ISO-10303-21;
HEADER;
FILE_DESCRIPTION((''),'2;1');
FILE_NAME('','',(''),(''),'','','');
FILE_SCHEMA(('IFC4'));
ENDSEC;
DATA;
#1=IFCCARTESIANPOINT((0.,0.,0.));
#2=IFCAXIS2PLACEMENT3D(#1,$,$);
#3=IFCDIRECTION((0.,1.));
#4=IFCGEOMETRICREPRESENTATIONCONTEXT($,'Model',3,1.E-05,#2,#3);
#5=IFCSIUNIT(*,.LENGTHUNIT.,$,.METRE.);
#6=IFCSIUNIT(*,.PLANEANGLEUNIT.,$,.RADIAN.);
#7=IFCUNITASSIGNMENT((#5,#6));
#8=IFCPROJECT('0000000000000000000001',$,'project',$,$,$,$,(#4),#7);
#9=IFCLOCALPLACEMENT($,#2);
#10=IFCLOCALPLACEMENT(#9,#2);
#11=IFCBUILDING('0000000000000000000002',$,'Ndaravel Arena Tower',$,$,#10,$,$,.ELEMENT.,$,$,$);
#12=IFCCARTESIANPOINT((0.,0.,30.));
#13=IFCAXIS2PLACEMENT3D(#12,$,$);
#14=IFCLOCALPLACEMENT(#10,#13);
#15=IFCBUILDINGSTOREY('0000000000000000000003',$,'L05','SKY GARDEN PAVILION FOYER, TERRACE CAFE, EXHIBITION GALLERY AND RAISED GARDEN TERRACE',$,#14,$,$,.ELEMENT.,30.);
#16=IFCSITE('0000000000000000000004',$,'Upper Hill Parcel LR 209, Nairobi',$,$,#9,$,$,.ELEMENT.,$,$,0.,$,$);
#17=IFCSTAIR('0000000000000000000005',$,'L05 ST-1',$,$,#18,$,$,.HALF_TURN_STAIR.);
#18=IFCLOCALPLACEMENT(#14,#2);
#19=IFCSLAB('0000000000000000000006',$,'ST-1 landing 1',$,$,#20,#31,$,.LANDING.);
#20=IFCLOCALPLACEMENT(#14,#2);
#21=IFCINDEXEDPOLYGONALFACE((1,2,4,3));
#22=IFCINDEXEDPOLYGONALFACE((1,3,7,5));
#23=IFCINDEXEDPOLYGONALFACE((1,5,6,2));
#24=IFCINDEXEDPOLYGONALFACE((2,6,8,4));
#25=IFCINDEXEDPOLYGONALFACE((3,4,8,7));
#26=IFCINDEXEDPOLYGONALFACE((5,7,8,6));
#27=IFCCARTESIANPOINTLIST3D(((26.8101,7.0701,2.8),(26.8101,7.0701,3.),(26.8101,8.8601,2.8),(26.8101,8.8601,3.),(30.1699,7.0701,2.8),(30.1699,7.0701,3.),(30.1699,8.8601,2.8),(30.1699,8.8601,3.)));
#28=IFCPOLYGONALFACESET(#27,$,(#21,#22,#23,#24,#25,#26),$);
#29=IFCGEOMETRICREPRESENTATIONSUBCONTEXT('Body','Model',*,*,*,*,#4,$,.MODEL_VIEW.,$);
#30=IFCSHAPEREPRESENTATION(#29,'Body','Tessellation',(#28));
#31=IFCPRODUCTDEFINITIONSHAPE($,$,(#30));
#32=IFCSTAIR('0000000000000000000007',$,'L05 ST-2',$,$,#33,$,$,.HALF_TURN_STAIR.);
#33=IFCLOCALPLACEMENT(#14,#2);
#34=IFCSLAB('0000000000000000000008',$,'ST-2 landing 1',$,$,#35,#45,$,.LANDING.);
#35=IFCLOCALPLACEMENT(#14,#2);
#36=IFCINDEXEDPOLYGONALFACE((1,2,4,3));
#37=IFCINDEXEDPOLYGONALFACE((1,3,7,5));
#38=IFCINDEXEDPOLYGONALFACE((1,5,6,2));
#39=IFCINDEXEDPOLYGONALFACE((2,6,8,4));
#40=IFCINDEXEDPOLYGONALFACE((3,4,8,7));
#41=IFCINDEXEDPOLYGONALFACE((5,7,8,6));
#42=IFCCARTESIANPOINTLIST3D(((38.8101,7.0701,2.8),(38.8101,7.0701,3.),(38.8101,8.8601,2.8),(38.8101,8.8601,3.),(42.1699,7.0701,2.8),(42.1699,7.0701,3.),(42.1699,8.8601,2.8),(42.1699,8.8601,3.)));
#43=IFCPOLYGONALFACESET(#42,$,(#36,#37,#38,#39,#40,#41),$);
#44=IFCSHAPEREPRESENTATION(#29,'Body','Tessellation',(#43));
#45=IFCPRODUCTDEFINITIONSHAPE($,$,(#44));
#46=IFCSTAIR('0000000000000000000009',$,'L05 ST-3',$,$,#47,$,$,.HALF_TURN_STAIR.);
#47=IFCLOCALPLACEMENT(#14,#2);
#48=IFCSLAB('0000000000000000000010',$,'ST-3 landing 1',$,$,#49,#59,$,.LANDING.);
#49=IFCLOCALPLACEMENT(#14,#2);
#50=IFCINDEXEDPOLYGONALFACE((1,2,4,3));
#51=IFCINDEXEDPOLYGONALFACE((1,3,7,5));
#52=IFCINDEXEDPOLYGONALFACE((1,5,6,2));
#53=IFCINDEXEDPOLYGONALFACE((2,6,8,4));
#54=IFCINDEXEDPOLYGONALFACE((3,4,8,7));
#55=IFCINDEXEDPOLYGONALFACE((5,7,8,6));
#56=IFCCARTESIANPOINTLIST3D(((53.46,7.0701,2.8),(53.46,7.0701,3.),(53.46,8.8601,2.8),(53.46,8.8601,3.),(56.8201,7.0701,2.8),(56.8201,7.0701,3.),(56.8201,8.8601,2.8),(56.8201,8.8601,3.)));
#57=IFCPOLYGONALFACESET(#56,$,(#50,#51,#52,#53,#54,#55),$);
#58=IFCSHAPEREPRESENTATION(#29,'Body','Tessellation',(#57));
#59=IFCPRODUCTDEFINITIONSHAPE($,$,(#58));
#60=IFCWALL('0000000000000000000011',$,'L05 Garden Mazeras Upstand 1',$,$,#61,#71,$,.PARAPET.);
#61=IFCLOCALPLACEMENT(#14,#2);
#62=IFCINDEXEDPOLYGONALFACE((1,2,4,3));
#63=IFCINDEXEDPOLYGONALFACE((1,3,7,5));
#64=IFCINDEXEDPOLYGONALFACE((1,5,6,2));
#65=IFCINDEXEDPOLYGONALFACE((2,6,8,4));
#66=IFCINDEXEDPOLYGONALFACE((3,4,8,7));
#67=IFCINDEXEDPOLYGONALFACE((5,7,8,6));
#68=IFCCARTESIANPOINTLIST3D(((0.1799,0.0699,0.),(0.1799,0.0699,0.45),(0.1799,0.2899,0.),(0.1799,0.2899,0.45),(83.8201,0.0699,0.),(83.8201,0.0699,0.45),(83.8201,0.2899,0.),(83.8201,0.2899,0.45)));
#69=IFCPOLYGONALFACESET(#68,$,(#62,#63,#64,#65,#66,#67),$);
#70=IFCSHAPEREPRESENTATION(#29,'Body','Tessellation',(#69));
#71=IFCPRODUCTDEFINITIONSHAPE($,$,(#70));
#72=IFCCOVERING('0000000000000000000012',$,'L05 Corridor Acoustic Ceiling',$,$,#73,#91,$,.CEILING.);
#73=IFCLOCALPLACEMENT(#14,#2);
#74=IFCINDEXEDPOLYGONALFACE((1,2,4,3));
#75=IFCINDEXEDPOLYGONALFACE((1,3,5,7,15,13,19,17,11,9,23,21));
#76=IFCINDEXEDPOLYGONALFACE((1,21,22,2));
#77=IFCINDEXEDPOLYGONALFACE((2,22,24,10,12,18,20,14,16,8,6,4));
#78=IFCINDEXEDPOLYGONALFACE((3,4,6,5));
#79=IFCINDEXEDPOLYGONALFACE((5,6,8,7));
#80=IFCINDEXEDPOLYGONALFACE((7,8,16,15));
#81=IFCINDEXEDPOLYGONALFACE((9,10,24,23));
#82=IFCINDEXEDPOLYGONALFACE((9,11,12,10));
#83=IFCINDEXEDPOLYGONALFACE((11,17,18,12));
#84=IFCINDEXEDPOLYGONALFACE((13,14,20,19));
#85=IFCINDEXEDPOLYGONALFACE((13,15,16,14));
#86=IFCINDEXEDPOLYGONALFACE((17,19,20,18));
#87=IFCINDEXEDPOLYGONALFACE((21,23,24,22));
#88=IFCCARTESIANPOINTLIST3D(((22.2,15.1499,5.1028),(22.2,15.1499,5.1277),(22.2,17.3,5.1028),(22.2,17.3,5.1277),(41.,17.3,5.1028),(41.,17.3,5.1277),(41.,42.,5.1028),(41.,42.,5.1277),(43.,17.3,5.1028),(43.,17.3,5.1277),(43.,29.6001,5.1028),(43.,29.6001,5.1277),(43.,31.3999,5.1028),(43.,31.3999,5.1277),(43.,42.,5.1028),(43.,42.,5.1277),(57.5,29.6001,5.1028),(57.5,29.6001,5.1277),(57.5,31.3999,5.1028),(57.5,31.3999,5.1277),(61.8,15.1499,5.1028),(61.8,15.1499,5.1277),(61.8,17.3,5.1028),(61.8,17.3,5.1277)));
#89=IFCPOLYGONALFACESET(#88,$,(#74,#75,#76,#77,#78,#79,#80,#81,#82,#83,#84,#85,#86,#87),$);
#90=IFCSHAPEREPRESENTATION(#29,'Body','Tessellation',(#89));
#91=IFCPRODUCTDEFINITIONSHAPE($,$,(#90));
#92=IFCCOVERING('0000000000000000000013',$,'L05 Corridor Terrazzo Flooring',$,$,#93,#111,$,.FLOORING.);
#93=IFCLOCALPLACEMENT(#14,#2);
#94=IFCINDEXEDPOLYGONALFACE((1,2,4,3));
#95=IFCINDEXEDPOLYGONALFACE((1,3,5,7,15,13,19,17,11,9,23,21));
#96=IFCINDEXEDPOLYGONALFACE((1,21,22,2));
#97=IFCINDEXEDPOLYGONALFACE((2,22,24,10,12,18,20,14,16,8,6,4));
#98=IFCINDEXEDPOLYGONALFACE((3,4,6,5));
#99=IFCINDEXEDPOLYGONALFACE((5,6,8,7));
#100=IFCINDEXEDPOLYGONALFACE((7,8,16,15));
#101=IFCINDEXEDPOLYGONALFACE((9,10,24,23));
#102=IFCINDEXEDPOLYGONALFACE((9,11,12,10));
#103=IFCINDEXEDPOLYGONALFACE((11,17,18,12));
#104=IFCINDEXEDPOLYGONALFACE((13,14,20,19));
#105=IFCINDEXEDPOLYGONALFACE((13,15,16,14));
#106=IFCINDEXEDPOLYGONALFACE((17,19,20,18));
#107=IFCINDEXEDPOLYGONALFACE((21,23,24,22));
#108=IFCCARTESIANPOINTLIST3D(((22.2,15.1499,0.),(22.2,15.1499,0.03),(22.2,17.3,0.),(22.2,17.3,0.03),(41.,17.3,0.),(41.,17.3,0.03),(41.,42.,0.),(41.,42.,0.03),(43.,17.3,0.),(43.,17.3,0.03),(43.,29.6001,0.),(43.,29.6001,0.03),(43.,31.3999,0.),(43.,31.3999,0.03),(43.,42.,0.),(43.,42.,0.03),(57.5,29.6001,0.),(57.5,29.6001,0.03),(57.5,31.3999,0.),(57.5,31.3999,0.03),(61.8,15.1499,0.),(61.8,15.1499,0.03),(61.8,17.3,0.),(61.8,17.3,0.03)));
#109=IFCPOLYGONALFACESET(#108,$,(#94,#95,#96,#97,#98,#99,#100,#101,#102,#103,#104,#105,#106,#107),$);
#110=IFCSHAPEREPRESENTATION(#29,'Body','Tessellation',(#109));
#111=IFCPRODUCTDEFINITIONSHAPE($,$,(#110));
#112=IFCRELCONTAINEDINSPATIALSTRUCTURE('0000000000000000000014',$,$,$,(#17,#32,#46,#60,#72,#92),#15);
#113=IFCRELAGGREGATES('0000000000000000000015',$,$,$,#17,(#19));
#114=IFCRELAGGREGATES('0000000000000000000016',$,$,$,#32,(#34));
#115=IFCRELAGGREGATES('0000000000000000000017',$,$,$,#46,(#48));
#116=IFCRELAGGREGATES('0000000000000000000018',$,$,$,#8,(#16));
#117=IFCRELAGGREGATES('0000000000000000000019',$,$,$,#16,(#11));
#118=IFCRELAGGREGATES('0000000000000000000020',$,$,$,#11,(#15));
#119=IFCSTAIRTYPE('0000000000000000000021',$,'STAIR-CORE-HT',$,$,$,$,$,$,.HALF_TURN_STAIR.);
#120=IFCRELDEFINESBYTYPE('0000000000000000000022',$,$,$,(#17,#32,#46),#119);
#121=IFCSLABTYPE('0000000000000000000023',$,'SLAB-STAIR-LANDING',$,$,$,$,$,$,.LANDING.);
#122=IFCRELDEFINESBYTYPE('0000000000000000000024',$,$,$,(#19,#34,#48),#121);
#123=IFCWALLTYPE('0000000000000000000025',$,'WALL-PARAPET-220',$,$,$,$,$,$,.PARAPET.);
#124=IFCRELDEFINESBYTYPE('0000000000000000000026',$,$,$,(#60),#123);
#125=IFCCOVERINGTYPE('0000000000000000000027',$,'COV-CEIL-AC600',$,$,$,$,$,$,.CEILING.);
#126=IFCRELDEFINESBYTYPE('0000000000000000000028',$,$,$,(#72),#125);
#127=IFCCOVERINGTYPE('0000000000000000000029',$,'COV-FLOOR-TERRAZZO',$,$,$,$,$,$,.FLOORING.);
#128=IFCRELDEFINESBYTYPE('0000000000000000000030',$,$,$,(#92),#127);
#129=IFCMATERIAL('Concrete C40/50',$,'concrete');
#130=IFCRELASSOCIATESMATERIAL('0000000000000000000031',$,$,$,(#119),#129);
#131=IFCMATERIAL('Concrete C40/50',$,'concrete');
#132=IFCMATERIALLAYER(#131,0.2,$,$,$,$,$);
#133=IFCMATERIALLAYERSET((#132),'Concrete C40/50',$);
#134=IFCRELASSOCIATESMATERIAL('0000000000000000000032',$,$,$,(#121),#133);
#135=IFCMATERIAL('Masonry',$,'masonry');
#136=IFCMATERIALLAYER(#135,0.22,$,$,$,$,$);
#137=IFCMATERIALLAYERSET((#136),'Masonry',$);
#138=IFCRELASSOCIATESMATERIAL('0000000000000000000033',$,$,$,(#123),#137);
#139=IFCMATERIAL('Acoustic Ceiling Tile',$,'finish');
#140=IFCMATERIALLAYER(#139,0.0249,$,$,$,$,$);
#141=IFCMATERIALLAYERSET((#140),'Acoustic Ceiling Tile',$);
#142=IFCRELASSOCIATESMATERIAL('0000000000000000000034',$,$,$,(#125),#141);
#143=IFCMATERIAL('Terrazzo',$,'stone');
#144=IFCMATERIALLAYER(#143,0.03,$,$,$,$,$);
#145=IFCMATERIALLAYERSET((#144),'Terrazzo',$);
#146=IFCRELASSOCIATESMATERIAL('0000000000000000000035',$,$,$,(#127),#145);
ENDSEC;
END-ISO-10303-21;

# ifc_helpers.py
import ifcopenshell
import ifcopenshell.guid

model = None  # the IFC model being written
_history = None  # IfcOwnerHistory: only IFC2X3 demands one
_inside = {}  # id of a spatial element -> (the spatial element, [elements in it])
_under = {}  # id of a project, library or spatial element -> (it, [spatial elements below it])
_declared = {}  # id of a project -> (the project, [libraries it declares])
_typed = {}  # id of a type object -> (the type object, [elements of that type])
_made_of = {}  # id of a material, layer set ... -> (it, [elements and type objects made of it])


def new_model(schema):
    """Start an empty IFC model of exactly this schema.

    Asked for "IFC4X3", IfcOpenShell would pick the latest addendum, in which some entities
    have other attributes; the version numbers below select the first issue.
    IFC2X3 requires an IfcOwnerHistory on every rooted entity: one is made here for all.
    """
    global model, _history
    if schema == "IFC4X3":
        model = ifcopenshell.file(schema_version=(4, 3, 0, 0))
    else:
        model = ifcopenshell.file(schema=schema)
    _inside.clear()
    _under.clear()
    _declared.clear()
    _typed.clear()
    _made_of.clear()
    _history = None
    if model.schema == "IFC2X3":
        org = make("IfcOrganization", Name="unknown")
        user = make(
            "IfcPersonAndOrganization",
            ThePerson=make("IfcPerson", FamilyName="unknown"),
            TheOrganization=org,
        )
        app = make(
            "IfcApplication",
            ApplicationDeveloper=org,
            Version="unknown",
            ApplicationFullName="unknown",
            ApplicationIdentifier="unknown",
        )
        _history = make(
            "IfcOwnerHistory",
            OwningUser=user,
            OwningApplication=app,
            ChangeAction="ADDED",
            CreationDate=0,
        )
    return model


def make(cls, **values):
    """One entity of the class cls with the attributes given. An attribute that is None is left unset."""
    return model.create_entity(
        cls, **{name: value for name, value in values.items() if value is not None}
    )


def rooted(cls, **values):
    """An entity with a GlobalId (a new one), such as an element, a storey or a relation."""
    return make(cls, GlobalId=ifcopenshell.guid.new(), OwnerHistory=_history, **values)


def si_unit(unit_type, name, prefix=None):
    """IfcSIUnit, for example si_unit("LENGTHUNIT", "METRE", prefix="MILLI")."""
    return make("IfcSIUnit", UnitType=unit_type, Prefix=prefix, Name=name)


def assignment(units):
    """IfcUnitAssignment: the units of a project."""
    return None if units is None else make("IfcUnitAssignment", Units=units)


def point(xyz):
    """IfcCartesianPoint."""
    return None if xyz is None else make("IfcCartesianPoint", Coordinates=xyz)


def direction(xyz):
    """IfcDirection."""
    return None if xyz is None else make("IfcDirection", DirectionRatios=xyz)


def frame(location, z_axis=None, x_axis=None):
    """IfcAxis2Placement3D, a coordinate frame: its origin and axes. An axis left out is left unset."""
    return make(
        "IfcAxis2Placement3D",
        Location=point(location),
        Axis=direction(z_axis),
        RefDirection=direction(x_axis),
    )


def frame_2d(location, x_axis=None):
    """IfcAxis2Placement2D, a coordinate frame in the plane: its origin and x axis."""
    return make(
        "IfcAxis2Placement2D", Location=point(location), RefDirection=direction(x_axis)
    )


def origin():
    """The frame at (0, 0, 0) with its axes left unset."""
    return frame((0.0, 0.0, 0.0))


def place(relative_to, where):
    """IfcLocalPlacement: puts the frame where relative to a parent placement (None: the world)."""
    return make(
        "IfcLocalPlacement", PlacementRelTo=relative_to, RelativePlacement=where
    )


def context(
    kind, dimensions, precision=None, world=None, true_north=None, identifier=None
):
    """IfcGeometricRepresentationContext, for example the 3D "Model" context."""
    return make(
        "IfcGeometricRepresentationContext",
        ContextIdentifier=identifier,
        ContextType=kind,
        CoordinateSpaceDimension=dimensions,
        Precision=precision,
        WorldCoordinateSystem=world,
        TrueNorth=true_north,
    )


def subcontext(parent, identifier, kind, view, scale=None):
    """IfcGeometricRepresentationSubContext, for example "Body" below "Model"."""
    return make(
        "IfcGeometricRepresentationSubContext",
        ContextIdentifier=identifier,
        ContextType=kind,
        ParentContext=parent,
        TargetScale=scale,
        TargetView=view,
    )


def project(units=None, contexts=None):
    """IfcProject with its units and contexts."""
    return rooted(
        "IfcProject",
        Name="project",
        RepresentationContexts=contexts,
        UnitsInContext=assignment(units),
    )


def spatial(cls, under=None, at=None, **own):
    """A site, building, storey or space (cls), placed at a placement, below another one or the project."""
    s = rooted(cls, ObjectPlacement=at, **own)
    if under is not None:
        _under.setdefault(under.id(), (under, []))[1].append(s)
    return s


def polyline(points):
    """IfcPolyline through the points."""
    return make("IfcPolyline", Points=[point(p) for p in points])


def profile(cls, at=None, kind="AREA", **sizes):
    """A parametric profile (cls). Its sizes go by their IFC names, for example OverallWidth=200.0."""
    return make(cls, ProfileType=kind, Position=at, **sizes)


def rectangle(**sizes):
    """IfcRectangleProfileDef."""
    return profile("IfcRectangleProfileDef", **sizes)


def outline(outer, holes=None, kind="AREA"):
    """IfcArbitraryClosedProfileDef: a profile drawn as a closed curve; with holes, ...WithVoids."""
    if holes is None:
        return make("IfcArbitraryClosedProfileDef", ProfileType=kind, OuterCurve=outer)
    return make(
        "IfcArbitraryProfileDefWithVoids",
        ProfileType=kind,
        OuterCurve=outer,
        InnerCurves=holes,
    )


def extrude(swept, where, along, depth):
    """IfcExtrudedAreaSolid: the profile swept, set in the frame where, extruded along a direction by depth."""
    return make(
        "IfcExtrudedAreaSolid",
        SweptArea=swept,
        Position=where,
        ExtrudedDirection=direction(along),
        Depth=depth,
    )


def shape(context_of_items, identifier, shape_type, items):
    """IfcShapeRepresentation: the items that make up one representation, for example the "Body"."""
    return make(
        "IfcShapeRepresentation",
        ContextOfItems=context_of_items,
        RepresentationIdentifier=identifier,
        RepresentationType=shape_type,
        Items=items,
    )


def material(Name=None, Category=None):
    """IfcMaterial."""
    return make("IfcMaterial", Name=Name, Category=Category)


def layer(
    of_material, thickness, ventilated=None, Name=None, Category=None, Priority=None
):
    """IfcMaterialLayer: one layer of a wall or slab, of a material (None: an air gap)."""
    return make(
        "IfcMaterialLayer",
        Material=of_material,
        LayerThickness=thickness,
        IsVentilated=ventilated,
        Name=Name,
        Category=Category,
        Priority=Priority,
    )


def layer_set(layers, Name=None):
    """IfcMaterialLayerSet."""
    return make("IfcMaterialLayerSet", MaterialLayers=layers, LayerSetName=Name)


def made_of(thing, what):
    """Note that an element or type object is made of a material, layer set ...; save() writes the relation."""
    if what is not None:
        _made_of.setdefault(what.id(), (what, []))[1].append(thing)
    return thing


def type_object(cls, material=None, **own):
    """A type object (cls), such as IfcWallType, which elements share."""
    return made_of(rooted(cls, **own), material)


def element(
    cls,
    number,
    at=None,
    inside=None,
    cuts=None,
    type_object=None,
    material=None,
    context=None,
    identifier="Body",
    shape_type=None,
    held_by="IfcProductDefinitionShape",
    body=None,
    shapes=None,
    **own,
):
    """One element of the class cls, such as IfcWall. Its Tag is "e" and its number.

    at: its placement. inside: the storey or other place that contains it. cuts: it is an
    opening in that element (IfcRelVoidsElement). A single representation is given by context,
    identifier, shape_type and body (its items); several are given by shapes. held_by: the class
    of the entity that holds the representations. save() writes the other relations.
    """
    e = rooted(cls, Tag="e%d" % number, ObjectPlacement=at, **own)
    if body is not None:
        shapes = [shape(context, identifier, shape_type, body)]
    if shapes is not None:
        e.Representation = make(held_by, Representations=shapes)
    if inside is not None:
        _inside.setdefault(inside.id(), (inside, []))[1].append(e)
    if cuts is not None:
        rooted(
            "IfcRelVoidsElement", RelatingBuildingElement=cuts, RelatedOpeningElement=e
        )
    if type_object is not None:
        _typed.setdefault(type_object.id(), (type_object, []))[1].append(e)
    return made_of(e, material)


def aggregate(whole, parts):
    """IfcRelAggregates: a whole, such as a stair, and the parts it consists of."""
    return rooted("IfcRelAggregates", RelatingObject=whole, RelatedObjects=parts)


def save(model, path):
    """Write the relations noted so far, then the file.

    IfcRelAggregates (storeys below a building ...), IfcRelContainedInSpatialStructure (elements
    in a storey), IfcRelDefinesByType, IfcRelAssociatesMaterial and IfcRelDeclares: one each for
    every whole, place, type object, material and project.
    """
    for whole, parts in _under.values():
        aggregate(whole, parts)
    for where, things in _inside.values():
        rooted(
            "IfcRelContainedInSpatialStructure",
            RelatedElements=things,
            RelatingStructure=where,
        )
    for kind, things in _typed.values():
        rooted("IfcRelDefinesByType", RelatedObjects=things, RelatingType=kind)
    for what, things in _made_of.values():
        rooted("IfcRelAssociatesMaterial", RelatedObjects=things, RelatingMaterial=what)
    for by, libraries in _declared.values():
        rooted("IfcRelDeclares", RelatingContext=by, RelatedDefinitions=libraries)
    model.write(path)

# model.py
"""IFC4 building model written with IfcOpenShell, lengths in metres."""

from ifc_helpers import new_model, si_unit, direction, frame, frame_2d, origin, place, context, subcontext, project, spatial, polyline, rectangle, outline, extrude, material, layer, layer_set, type_object, element, aggregate, save


model = new_model("IFC4")

# Units and contexts
model_context = context("Model", 3, precision=1e-05, world=origin(), true_north=direction((0.0, 1.0)))
body_context = subcontext(model_context, "Body", "Model", "MODEL_VIEW")
ifc_project = project(units=[si_unit("LENGTHUNIT", "METRE"), si_unit("PLANEANGLEUNIT", "RADIAN")], contexts=[model_context])

# Site, building, storey
site_placement = place(None, origin())
site = spatial("IfcSite", under=ifc_project, at=site_placement, Name="Upper Hill Parcel LR 209, Nairobi", CompositionType="ELEMENT", RefElevation=0.0)
building_placement = place(site_placement, origin())
building = spatial("IfcBuilding", under=site, at=building_placement, Name="Ndaravel Arena Tower", CompositionType="ELEMENT")
storey_placement = place(building_placement, frame((0.0, 0.0, 30.0)))
storey = spatial("IfcBuildingStorey", under=building, at=storey_placement, Name="L05", Description="SKY GARDEN PAVILION FOYER, TERRACE CAFE, EXHIBITION GALLERY AND RAISED GARDEN TERRACE", CompositionType="ELEMENT", Elevation=30.0)

# Stairs, slabs
ifc_material_1 = material(Name="Concrete C40/50", Category="concrete")
stair_type = type_object("IfcStairType", Name="STAIR-CORE-HT", PredefinedType="HALF_TURN_STAIR", material=ifc_material_1)
stair_1_placement = place(storey_placement, origin())
stair_1 = element("IfcStair", 1, at=stair_1_placement, inside=storey, type_object=stair_type, Name="L05 ST-1", PredefinedType="HALF_TURN_STAIR")
ifc_material_2 = material(Name="Concrete C40/50", Category="concrete")
ifc_layer_1 = layer(ifc_material_2, 0.2)
ifc_layer_set_1 = layer_set([ifc_layer_1], Name="Concrete C40/50")
slab_type = type_object("IfcSlabType", Name="SLAB-STAIR-LANDING", PredefinedType="LANDING", material=ifc_layer_set_1)
slab_1_placement = place(storey_placement, frame((0.0, 0.0, 2.8)))
slab_1 = element("IfcSlab", 2, at=slab_1_placement, type_object=slab_type, Name="ST-1 landing 1", PredefinedType="LANDING", context=body_context, shape_type="SweptSolid", body=[
    extrude(outline(polyline([(26.8101, 8.8601), (26.8101, 7.0701), (30.1699, 7.0701), (30.1699, 8.8601), (26.8101, 8.8601)])), origin(), (0.0, 0.0, 1.0), 0.2),
])
aggregate(stair_1, [slab_1])
stair_2_placement = place(storey_placement, origin())
stair_2 = element("IfcStair", 3, at=stair_2_placement, inside=storey, type_object=stair_type, Name="L05 ST-2", PredefinedType="HALF_TURN_STAIR")
slab_2_placement = place(storey_placement, frame((0.0, 0.0, 2.8)))
slab_2 = element("IfcSlab", 4, at=slab_2_placement, type_object=slab_type, Name="ST-2 landing 1", PredefinedType="LANDING", context=body_context, shape_type="SweptSolid", body=[
    extrude(outline(polyline([(38.8101, 8.8601), (38.8101, 7.0701), (42.1699, 7.0701), (42.1699, 8.8601), (38.8101, 8.8601)])), origin(), (0.0, 0.0, 1.0), 0.2),
])
aggregate(stair_2, [slab_2])
stair_3_placement = place(storey_placement, origin())
stair_3 = element("IfcStair", 5, at=stair_3_placement, inside=storey, type_object=stair_type, Name="L05 ST-3", PredefinedType="HALF_TURN_STAIR")
slab_3_placement = place(storey_placement, frame((0.0, 0.0, 2.8)))
slab_3 = element("IfcSlab", 6, at=slab_3_placement, type_object=slab_type, Name="ST-3 landing 1", PredefinedType="LANDING", context=body_context, shape_type="SweptSolid", body=[
    extrude(outline(polyline([(53.46, 8.8601), (53.46, 7.0701), (56.8201, 7.0701), (56.8201, 8.8601), (53.46, 8.8601)])), origin(), (0.0, 0.0, 1.0), 0.2),
])
aggregate(stair_3, [slab_3])

# Wall
ifc_material_3 = material(Name="Masonry", Category="masonry")
ifc_layer_2 = layer(ifc_material_3, 0.22)
ifc_layer_set_2 = layer_set([ifc_layer_2], Name="Masonry")
wall_type_1 = type_object("IfcWallType", Name="WALL-PARAPET-220", PredefinedType="PARAPET", material=ifc_layer_set_2)
wall_1_placement = place(storey_placement, frame((0.1799, 0.1799, 0.0), z_axis=(0.0, 0.0, 1.0), x_axis=(1.0, 0.0, 0.0)))
element("IfcWall", 7, at=wall_1_placement, inside=storey, type_object=wall_type_1, Name="L05 Garden Mazeras Upstand 1", PredefinedType="PARAPET", context=body_context, shape_type="SweptSolid", body=[
    extrude(rectangle(XDim=83.6401, YDim=0.22, at=frame_2d((41.8201, 0.0))), origin(), (0.0, 0.0, 1.0), 0.45),
])

# Coverings
ifc_material_4 = material(Name="Acoustic Ceiling Tile", Category="finish")
ifc_layer_3 = layer(ifc_material_4, 0.0249)
ifc_layer_set_3 = layer_set([ifc_layer_3], Name="Acoustic Ceiling Tile")
covering_type_1 = type_object("IfcCoveringType", Name="COV-CEIL-AC600", PredefinedType="CEILING", material=ifc_layer_set_3)
covering_1_placement = place(storey_placement, frame((0.0, 0.0, 5.1028)))
element("IfcCovering", 8, at=covering_1_placement, inside=storey, type_object=covering_type_1, Name="L05 Corridor Acoustic Ceiling", PredefinedType="CEILING", context=body_context, shape_type="SweptSolid", body=[
    extrude(outline(polyline([(61.8, 17.3), (43.0, 17.3), (43.0, 29.6001), (57.5, 29.6001), (57.5, 31.3999), (43.0, 31.3999), (43.0, 42.0), (41.0, 42.0), (41.0, 17.3), (22.2, 17.3), (22.2, 15.1499), (61.8, 15.1499), (61.8, 17.3)])), origin(), (0.0, 0.0, 1.0), 0.0249),
])
ifc_material_5 = material(Name="Terrazzo", Category="stone")
ifc_layer_4 = layer(ifc_material_5, 0.03)
ifc_layer_set_4 = layer_set([ifc_layer_4], Name="Terrazzo")
covering_type_2 = type_object("IfcCoveringType", Name="COV-FLOOR-TERRAZZO", PredefinedType="FLOORING", material=ifc_layer_set_4)
covering_2_placement = place(storey_placement, origin())
element("IfcCovering", 9, at=covering_2_placement, inside=storey, type_object=covering_type_2, Name="L05 Corridor Terrazzo Flooring", PredefinedType="FLOORING", context=body_context, shape_type="SweptSolid", body=[
    extrude(outline(polyline([(61.8, 17.3), (43.0, 17.3), (43.0, 29.6001), (57.5, 29.6001), (57.5, 31.3999), (43.0, 31.3999), (43.0, 42.0), (41.0, 42.0), (41.0, 17.3), (22.2, 17.3), (22.2, 15.1499), (61.8, 15.1499), (61.8, 17.3)])), origin(), (0.0, 0.0, 1.0), 0.03),
])

save(model, "model.ifc")
